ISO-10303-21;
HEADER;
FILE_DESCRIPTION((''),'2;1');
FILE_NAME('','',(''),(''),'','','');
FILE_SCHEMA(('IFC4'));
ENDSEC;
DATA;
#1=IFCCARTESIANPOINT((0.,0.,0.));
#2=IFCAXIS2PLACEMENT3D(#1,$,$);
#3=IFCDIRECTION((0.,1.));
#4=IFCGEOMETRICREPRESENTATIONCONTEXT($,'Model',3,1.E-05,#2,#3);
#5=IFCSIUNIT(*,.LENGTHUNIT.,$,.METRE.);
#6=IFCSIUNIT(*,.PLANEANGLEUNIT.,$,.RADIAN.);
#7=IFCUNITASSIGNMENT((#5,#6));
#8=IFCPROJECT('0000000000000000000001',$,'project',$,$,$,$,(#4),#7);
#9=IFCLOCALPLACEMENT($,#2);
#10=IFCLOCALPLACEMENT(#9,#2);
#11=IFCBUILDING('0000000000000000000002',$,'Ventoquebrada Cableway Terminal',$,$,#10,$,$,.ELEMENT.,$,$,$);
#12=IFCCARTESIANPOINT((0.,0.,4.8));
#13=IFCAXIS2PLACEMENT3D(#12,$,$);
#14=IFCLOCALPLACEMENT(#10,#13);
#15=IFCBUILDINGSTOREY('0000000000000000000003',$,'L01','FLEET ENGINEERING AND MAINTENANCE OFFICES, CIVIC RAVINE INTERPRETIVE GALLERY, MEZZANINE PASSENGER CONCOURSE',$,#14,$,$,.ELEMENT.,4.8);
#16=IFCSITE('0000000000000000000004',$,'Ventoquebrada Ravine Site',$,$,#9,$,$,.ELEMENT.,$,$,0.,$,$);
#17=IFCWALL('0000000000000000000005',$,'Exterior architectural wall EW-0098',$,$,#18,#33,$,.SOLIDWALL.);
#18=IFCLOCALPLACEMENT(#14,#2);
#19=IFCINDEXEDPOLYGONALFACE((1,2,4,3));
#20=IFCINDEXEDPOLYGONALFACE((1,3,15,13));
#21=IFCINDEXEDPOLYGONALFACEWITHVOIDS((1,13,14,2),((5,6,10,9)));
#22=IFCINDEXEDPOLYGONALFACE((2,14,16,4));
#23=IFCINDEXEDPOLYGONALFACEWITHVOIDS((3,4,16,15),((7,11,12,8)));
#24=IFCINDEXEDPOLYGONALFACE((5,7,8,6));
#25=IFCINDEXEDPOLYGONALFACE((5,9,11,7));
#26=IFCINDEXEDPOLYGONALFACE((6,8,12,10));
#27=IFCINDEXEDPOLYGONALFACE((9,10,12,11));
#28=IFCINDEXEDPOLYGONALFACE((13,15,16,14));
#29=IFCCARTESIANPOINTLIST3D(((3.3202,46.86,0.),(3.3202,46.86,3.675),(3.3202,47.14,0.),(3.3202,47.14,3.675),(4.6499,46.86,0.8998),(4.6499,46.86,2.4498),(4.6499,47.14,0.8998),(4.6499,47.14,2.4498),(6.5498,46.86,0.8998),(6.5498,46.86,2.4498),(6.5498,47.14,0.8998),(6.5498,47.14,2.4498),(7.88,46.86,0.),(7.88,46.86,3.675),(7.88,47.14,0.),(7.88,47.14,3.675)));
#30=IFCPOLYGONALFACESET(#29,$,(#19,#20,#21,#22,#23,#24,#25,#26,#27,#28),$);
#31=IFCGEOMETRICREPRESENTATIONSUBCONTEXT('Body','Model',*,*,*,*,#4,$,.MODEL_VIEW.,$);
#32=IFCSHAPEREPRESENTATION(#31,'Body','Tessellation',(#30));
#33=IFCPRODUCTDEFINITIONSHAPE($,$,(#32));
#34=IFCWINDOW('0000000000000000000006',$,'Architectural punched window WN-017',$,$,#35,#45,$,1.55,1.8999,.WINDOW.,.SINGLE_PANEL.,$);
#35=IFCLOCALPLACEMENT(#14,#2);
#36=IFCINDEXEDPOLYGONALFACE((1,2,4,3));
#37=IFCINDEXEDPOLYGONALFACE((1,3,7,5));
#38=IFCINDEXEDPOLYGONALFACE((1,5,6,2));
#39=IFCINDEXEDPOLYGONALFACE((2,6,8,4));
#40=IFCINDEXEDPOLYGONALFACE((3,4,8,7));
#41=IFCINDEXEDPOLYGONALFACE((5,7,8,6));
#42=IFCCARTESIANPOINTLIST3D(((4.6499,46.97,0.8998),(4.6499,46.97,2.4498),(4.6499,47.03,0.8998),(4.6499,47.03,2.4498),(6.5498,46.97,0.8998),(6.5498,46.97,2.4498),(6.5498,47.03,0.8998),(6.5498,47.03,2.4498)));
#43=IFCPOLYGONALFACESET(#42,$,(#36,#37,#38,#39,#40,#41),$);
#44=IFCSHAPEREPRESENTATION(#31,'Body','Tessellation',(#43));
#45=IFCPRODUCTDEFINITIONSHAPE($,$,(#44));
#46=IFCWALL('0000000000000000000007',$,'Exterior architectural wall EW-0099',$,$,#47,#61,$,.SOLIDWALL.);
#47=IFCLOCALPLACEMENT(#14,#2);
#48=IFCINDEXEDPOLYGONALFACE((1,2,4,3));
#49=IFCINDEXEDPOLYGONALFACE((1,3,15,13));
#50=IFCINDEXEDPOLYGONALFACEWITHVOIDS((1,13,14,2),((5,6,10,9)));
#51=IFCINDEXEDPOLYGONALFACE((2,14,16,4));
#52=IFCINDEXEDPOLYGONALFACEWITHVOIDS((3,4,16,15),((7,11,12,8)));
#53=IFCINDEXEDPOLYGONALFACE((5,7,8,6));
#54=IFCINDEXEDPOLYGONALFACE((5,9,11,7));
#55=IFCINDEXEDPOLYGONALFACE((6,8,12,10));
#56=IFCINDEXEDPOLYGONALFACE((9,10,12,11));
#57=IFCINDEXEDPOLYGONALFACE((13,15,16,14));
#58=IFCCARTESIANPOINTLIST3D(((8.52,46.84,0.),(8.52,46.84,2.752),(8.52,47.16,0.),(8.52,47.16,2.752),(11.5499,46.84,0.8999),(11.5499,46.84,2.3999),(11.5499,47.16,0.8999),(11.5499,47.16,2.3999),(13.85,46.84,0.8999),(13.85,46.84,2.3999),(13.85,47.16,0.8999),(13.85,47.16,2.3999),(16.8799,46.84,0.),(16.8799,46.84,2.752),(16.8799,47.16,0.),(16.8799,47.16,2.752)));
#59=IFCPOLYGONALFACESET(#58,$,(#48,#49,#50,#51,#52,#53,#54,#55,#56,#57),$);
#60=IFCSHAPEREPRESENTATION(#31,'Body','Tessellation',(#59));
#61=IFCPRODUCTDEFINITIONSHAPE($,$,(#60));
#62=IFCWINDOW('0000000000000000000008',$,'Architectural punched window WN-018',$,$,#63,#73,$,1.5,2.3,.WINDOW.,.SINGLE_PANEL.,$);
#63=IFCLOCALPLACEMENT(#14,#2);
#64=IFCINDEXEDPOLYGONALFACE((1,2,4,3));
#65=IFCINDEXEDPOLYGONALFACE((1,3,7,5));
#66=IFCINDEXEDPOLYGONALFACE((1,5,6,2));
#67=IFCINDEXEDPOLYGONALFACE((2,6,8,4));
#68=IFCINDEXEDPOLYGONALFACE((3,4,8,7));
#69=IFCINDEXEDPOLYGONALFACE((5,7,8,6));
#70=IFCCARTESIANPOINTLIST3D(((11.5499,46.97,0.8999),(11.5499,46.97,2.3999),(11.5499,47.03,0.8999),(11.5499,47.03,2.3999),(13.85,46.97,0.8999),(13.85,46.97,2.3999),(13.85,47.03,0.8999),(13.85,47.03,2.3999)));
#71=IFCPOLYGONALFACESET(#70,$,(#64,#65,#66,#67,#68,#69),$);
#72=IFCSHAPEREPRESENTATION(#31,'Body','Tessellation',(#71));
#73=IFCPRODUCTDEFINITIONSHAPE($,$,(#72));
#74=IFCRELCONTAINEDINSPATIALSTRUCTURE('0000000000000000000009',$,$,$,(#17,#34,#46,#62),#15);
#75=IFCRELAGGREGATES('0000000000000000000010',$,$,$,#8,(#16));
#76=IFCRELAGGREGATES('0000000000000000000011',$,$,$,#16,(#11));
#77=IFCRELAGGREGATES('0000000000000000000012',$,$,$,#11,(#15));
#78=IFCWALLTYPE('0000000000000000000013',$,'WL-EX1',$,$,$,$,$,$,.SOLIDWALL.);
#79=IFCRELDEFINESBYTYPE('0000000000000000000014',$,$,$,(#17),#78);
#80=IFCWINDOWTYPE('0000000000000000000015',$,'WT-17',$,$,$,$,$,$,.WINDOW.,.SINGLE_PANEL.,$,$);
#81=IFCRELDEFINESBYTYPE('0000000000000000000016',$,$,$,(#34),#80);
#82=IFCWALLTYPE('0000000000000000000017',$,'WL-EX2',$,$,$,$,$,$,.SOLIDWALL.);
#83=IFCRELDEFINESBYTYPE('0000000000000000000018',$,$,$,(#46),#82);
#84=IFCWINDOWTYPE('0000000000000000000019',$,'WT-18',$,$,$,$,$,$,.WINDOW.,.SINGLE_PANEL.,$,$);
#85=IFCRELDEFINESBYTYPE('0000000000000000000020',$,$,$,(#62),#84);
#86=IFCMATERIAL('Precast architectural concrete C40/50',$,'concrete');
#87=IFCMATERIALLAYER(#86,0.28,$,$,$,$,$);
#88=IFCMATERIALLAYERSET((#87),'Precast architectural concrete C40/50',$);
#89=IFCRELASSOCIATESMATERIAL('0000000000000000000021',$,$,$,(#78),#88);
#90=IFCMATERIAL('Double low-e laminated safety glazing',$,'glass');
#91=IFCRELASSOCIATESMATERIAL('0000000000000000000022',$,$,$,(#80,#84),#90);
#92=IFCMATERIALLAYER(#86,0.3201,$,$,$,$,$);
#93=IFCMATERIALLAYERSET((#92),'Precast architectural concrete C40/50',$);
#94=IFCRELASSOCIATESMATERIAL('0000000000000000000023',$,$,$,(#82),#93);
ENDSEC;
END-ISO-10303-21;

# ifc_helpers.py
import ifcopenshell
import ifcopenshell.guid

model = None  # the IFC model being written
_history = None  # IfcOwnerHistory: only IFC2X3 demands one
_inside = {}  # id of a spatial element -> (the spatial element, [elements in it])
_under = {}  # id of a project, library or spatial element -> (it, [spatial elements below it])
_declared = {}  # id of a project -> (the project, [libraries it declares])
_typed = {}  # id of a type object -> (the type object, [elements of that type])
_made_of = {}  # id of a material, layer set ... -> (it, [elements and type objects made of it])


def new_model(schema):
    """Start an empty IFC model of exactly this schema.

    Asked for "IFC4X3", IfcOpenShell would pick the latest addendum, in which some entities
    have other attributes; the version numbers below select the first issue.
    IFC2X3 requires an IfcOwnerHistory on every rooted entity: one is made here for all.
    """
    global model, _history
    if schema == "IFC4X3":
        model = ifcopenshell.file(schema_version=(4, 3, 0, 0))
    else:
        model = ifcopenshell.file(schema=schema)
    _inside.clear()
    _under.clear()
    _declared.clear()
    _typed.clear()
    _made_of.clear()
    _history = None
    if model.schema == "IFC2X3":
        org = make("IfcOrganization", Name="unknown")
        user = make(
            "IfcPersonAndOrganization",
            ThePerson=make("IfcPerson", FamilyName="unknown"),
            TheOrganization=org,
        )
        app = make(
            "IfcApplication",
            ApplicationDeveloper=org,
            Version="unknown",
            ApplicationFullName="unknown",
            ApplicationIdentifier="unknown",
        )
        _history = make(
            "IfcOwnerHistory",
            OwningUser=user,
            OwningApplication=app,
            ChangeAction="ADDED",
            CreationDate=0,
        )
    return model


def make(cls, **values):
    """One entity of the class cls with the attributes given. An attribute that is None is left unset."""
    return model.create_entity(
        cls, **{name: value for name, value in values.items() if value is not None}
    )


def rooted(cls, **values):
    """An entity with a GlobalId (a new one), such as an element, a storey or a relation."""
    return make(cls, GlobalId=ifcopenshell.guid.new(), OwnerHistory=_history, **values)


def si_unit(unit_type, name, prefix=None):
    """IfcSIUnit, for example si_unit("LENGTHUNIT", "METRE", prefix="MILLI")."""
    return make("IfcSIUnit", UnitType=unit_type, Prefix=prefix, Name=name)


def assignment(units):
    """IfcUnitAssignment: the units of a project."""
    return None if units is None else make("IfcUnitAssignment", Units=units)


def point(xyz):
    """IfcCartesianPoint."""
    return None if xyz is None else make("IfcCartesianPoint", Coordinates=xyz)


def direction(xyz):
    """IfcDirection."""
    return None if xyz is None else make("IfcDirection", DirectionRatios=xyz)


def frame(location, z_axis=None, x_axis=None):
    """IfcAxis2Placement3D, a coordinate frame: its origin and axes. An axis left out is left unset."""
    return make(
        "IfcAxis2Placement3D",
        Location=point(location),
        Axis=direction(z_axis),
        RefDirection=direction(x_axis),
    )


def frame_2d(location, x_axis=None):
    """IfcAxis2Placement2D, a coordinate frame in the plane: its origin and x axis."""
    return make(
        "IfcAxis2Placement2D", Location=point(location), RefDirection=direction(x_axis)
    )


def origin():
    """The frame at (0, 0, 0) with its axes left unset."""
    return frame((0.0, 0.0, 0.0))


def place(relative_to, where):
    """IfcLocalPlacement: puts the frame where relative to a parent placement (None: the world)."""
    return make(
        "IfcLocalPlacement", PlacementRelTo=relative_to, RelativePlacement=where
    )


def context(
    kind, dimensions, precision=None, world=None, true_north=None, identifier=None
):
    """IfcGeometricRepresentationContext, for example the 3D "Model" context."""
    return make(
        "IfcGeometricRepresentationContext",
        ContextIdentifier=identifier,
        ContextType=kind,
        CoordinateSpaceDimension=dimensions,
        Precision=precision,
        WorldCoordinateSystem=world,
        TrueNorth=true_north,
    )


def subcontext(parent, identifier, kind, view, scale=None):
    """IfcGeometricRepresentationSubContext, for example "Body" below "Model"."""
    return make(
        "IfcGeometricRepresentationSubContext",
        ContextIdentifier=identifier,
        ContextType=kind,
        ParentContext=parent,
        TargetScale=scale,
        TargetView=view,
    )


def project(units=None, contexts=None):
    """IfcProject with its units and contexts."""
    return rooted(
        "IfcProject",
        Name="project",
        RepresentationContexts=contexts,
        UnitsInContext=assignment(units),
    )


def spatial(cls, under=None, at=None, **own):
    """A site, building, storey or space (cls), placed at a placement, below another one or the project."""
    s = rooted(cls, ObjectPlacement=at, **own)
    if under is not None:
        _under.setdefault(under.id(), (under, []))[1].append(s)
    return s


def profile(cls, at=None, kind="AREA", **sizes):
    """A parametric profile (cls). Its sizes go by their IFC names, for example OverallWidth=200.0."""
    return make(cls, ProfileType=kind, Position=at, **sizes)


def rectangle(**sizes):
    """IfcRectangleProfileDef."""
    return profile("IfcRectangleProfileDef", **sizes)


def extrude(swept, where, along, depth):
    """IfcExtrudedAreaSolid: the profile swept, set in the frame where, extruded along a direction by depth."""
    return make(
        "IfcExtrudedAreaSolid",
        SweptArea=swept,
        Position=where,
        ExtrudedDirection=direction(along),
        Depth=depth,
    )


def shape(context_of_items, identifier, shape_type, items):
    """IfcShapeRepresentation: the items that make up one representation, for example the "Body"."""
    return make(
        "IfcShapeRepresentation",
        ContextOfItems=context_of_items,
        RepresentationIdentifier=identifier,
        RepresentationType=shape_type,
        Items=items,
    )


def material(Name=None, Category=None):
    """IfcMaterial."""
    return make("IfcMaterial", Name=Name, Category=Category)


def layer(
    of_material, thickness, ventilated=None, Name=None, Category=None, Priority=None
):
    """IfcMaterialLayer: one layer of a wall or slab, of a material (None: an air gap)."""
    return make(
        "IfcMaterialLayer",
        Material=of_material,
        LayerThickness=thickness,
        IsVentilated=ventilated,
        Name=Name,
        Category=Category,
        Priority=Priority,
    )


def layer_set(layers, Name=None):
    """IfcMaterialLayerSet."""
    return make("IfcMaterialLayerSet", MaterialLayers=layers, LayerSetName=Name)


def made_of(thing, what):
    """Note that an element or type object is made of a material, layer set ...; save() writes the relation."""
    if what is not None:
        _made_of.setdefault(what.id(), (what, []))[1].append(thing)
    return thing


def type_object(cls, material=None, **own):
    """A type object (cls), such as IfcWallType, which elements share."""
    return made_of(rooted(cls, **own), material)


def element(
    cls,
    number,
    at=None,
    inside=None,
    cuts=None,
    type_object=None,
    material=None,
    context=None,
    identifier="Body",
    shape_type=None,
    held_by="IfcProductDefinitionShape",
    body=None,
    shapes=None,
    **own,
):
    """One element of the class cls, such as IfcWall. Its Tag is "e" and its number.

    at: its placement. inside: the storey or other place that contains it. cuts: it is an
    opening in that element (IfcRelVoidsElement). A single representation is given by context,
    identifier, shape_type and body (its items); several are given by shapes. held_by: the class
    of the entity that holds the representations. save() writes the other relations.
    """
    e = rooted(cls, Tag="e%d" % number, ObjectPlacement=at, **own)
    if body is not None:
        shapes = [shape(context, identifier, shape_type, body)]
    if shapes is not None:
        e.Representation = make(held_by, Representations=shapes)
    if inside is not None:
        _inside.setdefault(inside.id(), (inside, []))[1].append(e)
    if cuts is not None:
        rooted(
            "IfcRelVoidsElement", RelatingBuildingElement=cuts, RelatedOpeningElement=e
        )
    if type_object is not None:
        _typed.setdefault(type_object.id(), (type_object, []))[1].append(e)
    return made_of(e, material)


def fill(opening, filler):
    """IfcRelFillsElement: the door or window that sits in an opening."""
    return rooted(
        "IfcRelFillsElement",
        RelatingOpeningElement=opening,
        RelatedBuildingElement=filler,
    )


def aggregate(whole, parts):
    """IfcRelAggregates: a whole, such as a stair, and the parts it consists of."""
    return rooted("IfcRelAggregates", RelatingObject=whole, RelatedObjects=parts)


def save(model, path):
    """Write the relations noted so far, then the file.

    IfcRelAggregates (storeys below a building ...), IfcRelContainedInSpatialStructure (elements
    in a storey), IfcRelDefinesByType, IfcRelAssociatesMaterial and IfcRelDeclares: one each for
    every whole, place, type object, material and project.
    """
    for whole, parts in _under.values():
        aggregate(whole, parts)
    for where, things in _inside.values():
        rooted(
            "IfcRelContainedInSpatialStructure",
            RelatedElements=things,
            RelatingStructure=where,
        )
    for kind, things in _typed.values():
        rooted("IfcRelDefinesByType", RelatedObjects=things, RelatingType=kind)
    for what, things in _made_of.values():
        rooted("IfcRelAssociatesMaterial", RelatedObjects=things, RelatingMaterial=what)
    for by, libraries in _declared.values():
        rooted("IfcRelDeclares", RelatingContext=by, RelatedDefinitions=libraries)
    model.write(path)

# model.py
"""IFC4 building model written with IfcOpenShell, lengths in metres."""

from ifc_helpers import new_model, si_unit, direction, frame, frame_2d, origin, place, context, subcontext, project, spatial, rectangle, extrude, material, layer, layer_set, type_object, element, fill, save


model = new_model("IFC4")

# Units and contexts
model_context = context("Model", 3, precision=1e-05, world=origin(), true_north=direction((0.0, 1.0)))
body_context = subcontext(model_context, "Body", "Model", "MODEL_VIEW")
ifc_project = project(units=[si_unit("LENGTHUNIT", "METRE"), si_unit("PLANEANGLEUNIT", "RADIAN")], contexts=[model_context])

# Site, building, storey
site_placement = place(None, origin())
site = spatial("IfcSite", under=ifc_project, at=site_placement, Name="Ventoquebrada Ravine Site", CompositionType="ELEMENT", RefElevation=0.0)
building_placement = place(site_placement, origin())
building = spatial("IfcBuilding", under=site, at=building_placement, Name="Ventoquebrada Cableway Terminal", CompositionType="ELEMENT")
storey_placement = place(building_placement, frame((0.0, 0.0, 4.8)))
storey = spatial("IfcBuildingStorey", under=building, at=storey_placement, Name="L01", Description="FLEET ENGINEERING AND MAINTENANCE OFFICES, CIVIC RAVINE INTERPRETIVE GALLERY, MEZZANINE PASSENGER CONCOURSE", CompositionType="ELEMENT", Elevation=4.8)

# Shared definitions
ifc_material_1 = material(Name="Double low-e laminated safety glazing", Category="glass")

# Walls, openings, windows
ifc_material_2 = material(Name="Precast architectural concrete C40/50", Category="concrete")
ifc_layer_1 = layer(ifc_material_2, 0.28)
ifc_layer_set_1 = layer_set([ifc_layer_1], Name="Precast architectural concrete C40/50")
wall_type_1 = type_object("IfcWallType", Name="WL-EX1", PredefinedType="SOLIDWALL", material=ifc_layer_set_1)
wall_1_placement = place(storey_placement, frame((7.8799, 47.0, 0.0), z_axis=(0.0, 0.0, 1.0), x_axis=(-1.0, 0.0, 0.0)))
wall_1 = element("IfcWall", 1, at=wall_1_placement, inside=storey, type_object=wall_type_1, Name="Exterior architectural wall EW-0098", PredefinedType="SOLIDWALL", context=body_context, shape_type="SweptSolid", body=[
    extrude(rectangle(XDim=4.5598, YDim=0.28, at=frame_2d((2.2798, 0.0))), origin(), (0.0, 0.0, 1.0), 3.675),
])
opening_1_placement = place(wall_1_placement, frame((1.3301, 0.0, 0.8999)))
opening_1 = element("IfcOpeningElement", 2, at=opening_1_placement, cuts=wall_1, PredefinedType="OPENING", context=body_context, shape_type="SweptSolid", body=[
    extrude(rectangle(XDim=1.8999, YDim=1.55, at=frame_2d((0.95, 0.7749))), frame((0.0, 0.1499, 0.0), z_axis=(0.0, -1.0, 0.0), x_axis=(1.0, 0.0, 0.0)), (0.0, 0.0, 1.0), 0.3),
])
window_type_1 = type_object("IfcWindowType", Name="WT-17", PartitioningType="SINGLE_PANEL", PredefinedType="WINDOW", material=ifc_material_1)
window_1_placement = place(opening_1_placement, origin())
window_1 = element("IfcWindow", 3, at=window_1_placement, inside=storey, type_object=window_type_1, Name="Architectural punched window WN-017", OverallHeight=1.55, OverallWidth=1.8999, PartitioningType="SINGLE_PANEL", PredefinedType="WINDOW", context=body_context, shape_type="SweptSolid", body=[
    extrude(rectangle(XDim=1.8999, YDim=1.55, at=frame_2d((0.95, 0.7749))), frame((0.0, 0.03, 0.0), z_axis=(0.0, -1.0, 0.0), x_axis=(1.0, 0.0, 0.0)), (0.0, 0.0, 1.0), 0.0601),
])
fill(opening_1, window_1)
ifc_layer_2 = layer(ifc_material_2, 0.3201)
ifc_layer_set_2 = layer_set([ifc_layer_2], Name="Precast architectural concrete C40/50")
wall_type_2 = type_object("IfcWallType", Name="WL-EX2", PredefinedType="SOLIDWALL", material=ifc_layer_set_2)
wall_2_placement = place(storey_placement, frame((16.8799, 47.0, 0.0), z_axis=(0.0, 0.0, 1.0), x_axis=(-1.0, 0.0, 0.0)))
wall_2 = element("IfcWall", 4, at=wall_2_placement, inside=storey, type_object=wall_type_2, Name="Exterior architectural wall EW-0099", PredefinedType="SOLIDWALL", context=body_context, shape_type="SweptSolid", body=[
    extrude(rectangle(XDim=8.3599, YDim=0.3201, at=frame_2d((4.1799, 0.0))), origin(), (0.0, 0.0, 1.0), 2.752),
])
opening_2_placement = place(wall_2_placement, frame((3.03, 0.0, 0.8999)))
opening_2 = element("IfcOpeningElement", 5, at=opening_2_placement, cuts=wall_2, PredefinedType="OPENING", context=body_context, shape_type="SweptSolid", body=[
    extrude(rectangle(XDim=2.3, YDim=1.5, at=frame_2d((1.1499, 0.75))), frame((0.0, 0.1699, 0.0), z_axis=(0.0, -1.0, 0.0), x_axis=(1.0, 0.0, 0.0)), (0.0, 0.0, 1.0), 0.3401),
])
window_type_2 = type_object("IfcWindowType", Name="WT-18", PartitioningType="SINGLE_PANEL", PredefinedType="WINDOW", material=ifc_material_1)
window_2_placement = place(opening_2_placement, origin())
window_2 = element("IfcWindow", 6, at=window_2_placement, inside=storey, type_object=window_type_2, Name="Architectural punched window WN-018", OverallHeight=1.5, OverallWidth=2.3, PartitioningType="SINGLE_PANEL", PredefinedType="WINDOW", context=body_context, shape_type="SweptSolid", body=[
    extrude(rectangle(XDim=2.3, YDim=1.5, at=frame_2d((1.1499, 0.75))), frame((0.0, 0.03, 0.0), z_axis=(0.0, -1.0, 0.0), x_axis=(1.0, 0.0, 0.0)), (0.0, 0.0, 1.0), 0.0601),
])
fill(opening_2, window_2)

save(model, "model.ifc")
